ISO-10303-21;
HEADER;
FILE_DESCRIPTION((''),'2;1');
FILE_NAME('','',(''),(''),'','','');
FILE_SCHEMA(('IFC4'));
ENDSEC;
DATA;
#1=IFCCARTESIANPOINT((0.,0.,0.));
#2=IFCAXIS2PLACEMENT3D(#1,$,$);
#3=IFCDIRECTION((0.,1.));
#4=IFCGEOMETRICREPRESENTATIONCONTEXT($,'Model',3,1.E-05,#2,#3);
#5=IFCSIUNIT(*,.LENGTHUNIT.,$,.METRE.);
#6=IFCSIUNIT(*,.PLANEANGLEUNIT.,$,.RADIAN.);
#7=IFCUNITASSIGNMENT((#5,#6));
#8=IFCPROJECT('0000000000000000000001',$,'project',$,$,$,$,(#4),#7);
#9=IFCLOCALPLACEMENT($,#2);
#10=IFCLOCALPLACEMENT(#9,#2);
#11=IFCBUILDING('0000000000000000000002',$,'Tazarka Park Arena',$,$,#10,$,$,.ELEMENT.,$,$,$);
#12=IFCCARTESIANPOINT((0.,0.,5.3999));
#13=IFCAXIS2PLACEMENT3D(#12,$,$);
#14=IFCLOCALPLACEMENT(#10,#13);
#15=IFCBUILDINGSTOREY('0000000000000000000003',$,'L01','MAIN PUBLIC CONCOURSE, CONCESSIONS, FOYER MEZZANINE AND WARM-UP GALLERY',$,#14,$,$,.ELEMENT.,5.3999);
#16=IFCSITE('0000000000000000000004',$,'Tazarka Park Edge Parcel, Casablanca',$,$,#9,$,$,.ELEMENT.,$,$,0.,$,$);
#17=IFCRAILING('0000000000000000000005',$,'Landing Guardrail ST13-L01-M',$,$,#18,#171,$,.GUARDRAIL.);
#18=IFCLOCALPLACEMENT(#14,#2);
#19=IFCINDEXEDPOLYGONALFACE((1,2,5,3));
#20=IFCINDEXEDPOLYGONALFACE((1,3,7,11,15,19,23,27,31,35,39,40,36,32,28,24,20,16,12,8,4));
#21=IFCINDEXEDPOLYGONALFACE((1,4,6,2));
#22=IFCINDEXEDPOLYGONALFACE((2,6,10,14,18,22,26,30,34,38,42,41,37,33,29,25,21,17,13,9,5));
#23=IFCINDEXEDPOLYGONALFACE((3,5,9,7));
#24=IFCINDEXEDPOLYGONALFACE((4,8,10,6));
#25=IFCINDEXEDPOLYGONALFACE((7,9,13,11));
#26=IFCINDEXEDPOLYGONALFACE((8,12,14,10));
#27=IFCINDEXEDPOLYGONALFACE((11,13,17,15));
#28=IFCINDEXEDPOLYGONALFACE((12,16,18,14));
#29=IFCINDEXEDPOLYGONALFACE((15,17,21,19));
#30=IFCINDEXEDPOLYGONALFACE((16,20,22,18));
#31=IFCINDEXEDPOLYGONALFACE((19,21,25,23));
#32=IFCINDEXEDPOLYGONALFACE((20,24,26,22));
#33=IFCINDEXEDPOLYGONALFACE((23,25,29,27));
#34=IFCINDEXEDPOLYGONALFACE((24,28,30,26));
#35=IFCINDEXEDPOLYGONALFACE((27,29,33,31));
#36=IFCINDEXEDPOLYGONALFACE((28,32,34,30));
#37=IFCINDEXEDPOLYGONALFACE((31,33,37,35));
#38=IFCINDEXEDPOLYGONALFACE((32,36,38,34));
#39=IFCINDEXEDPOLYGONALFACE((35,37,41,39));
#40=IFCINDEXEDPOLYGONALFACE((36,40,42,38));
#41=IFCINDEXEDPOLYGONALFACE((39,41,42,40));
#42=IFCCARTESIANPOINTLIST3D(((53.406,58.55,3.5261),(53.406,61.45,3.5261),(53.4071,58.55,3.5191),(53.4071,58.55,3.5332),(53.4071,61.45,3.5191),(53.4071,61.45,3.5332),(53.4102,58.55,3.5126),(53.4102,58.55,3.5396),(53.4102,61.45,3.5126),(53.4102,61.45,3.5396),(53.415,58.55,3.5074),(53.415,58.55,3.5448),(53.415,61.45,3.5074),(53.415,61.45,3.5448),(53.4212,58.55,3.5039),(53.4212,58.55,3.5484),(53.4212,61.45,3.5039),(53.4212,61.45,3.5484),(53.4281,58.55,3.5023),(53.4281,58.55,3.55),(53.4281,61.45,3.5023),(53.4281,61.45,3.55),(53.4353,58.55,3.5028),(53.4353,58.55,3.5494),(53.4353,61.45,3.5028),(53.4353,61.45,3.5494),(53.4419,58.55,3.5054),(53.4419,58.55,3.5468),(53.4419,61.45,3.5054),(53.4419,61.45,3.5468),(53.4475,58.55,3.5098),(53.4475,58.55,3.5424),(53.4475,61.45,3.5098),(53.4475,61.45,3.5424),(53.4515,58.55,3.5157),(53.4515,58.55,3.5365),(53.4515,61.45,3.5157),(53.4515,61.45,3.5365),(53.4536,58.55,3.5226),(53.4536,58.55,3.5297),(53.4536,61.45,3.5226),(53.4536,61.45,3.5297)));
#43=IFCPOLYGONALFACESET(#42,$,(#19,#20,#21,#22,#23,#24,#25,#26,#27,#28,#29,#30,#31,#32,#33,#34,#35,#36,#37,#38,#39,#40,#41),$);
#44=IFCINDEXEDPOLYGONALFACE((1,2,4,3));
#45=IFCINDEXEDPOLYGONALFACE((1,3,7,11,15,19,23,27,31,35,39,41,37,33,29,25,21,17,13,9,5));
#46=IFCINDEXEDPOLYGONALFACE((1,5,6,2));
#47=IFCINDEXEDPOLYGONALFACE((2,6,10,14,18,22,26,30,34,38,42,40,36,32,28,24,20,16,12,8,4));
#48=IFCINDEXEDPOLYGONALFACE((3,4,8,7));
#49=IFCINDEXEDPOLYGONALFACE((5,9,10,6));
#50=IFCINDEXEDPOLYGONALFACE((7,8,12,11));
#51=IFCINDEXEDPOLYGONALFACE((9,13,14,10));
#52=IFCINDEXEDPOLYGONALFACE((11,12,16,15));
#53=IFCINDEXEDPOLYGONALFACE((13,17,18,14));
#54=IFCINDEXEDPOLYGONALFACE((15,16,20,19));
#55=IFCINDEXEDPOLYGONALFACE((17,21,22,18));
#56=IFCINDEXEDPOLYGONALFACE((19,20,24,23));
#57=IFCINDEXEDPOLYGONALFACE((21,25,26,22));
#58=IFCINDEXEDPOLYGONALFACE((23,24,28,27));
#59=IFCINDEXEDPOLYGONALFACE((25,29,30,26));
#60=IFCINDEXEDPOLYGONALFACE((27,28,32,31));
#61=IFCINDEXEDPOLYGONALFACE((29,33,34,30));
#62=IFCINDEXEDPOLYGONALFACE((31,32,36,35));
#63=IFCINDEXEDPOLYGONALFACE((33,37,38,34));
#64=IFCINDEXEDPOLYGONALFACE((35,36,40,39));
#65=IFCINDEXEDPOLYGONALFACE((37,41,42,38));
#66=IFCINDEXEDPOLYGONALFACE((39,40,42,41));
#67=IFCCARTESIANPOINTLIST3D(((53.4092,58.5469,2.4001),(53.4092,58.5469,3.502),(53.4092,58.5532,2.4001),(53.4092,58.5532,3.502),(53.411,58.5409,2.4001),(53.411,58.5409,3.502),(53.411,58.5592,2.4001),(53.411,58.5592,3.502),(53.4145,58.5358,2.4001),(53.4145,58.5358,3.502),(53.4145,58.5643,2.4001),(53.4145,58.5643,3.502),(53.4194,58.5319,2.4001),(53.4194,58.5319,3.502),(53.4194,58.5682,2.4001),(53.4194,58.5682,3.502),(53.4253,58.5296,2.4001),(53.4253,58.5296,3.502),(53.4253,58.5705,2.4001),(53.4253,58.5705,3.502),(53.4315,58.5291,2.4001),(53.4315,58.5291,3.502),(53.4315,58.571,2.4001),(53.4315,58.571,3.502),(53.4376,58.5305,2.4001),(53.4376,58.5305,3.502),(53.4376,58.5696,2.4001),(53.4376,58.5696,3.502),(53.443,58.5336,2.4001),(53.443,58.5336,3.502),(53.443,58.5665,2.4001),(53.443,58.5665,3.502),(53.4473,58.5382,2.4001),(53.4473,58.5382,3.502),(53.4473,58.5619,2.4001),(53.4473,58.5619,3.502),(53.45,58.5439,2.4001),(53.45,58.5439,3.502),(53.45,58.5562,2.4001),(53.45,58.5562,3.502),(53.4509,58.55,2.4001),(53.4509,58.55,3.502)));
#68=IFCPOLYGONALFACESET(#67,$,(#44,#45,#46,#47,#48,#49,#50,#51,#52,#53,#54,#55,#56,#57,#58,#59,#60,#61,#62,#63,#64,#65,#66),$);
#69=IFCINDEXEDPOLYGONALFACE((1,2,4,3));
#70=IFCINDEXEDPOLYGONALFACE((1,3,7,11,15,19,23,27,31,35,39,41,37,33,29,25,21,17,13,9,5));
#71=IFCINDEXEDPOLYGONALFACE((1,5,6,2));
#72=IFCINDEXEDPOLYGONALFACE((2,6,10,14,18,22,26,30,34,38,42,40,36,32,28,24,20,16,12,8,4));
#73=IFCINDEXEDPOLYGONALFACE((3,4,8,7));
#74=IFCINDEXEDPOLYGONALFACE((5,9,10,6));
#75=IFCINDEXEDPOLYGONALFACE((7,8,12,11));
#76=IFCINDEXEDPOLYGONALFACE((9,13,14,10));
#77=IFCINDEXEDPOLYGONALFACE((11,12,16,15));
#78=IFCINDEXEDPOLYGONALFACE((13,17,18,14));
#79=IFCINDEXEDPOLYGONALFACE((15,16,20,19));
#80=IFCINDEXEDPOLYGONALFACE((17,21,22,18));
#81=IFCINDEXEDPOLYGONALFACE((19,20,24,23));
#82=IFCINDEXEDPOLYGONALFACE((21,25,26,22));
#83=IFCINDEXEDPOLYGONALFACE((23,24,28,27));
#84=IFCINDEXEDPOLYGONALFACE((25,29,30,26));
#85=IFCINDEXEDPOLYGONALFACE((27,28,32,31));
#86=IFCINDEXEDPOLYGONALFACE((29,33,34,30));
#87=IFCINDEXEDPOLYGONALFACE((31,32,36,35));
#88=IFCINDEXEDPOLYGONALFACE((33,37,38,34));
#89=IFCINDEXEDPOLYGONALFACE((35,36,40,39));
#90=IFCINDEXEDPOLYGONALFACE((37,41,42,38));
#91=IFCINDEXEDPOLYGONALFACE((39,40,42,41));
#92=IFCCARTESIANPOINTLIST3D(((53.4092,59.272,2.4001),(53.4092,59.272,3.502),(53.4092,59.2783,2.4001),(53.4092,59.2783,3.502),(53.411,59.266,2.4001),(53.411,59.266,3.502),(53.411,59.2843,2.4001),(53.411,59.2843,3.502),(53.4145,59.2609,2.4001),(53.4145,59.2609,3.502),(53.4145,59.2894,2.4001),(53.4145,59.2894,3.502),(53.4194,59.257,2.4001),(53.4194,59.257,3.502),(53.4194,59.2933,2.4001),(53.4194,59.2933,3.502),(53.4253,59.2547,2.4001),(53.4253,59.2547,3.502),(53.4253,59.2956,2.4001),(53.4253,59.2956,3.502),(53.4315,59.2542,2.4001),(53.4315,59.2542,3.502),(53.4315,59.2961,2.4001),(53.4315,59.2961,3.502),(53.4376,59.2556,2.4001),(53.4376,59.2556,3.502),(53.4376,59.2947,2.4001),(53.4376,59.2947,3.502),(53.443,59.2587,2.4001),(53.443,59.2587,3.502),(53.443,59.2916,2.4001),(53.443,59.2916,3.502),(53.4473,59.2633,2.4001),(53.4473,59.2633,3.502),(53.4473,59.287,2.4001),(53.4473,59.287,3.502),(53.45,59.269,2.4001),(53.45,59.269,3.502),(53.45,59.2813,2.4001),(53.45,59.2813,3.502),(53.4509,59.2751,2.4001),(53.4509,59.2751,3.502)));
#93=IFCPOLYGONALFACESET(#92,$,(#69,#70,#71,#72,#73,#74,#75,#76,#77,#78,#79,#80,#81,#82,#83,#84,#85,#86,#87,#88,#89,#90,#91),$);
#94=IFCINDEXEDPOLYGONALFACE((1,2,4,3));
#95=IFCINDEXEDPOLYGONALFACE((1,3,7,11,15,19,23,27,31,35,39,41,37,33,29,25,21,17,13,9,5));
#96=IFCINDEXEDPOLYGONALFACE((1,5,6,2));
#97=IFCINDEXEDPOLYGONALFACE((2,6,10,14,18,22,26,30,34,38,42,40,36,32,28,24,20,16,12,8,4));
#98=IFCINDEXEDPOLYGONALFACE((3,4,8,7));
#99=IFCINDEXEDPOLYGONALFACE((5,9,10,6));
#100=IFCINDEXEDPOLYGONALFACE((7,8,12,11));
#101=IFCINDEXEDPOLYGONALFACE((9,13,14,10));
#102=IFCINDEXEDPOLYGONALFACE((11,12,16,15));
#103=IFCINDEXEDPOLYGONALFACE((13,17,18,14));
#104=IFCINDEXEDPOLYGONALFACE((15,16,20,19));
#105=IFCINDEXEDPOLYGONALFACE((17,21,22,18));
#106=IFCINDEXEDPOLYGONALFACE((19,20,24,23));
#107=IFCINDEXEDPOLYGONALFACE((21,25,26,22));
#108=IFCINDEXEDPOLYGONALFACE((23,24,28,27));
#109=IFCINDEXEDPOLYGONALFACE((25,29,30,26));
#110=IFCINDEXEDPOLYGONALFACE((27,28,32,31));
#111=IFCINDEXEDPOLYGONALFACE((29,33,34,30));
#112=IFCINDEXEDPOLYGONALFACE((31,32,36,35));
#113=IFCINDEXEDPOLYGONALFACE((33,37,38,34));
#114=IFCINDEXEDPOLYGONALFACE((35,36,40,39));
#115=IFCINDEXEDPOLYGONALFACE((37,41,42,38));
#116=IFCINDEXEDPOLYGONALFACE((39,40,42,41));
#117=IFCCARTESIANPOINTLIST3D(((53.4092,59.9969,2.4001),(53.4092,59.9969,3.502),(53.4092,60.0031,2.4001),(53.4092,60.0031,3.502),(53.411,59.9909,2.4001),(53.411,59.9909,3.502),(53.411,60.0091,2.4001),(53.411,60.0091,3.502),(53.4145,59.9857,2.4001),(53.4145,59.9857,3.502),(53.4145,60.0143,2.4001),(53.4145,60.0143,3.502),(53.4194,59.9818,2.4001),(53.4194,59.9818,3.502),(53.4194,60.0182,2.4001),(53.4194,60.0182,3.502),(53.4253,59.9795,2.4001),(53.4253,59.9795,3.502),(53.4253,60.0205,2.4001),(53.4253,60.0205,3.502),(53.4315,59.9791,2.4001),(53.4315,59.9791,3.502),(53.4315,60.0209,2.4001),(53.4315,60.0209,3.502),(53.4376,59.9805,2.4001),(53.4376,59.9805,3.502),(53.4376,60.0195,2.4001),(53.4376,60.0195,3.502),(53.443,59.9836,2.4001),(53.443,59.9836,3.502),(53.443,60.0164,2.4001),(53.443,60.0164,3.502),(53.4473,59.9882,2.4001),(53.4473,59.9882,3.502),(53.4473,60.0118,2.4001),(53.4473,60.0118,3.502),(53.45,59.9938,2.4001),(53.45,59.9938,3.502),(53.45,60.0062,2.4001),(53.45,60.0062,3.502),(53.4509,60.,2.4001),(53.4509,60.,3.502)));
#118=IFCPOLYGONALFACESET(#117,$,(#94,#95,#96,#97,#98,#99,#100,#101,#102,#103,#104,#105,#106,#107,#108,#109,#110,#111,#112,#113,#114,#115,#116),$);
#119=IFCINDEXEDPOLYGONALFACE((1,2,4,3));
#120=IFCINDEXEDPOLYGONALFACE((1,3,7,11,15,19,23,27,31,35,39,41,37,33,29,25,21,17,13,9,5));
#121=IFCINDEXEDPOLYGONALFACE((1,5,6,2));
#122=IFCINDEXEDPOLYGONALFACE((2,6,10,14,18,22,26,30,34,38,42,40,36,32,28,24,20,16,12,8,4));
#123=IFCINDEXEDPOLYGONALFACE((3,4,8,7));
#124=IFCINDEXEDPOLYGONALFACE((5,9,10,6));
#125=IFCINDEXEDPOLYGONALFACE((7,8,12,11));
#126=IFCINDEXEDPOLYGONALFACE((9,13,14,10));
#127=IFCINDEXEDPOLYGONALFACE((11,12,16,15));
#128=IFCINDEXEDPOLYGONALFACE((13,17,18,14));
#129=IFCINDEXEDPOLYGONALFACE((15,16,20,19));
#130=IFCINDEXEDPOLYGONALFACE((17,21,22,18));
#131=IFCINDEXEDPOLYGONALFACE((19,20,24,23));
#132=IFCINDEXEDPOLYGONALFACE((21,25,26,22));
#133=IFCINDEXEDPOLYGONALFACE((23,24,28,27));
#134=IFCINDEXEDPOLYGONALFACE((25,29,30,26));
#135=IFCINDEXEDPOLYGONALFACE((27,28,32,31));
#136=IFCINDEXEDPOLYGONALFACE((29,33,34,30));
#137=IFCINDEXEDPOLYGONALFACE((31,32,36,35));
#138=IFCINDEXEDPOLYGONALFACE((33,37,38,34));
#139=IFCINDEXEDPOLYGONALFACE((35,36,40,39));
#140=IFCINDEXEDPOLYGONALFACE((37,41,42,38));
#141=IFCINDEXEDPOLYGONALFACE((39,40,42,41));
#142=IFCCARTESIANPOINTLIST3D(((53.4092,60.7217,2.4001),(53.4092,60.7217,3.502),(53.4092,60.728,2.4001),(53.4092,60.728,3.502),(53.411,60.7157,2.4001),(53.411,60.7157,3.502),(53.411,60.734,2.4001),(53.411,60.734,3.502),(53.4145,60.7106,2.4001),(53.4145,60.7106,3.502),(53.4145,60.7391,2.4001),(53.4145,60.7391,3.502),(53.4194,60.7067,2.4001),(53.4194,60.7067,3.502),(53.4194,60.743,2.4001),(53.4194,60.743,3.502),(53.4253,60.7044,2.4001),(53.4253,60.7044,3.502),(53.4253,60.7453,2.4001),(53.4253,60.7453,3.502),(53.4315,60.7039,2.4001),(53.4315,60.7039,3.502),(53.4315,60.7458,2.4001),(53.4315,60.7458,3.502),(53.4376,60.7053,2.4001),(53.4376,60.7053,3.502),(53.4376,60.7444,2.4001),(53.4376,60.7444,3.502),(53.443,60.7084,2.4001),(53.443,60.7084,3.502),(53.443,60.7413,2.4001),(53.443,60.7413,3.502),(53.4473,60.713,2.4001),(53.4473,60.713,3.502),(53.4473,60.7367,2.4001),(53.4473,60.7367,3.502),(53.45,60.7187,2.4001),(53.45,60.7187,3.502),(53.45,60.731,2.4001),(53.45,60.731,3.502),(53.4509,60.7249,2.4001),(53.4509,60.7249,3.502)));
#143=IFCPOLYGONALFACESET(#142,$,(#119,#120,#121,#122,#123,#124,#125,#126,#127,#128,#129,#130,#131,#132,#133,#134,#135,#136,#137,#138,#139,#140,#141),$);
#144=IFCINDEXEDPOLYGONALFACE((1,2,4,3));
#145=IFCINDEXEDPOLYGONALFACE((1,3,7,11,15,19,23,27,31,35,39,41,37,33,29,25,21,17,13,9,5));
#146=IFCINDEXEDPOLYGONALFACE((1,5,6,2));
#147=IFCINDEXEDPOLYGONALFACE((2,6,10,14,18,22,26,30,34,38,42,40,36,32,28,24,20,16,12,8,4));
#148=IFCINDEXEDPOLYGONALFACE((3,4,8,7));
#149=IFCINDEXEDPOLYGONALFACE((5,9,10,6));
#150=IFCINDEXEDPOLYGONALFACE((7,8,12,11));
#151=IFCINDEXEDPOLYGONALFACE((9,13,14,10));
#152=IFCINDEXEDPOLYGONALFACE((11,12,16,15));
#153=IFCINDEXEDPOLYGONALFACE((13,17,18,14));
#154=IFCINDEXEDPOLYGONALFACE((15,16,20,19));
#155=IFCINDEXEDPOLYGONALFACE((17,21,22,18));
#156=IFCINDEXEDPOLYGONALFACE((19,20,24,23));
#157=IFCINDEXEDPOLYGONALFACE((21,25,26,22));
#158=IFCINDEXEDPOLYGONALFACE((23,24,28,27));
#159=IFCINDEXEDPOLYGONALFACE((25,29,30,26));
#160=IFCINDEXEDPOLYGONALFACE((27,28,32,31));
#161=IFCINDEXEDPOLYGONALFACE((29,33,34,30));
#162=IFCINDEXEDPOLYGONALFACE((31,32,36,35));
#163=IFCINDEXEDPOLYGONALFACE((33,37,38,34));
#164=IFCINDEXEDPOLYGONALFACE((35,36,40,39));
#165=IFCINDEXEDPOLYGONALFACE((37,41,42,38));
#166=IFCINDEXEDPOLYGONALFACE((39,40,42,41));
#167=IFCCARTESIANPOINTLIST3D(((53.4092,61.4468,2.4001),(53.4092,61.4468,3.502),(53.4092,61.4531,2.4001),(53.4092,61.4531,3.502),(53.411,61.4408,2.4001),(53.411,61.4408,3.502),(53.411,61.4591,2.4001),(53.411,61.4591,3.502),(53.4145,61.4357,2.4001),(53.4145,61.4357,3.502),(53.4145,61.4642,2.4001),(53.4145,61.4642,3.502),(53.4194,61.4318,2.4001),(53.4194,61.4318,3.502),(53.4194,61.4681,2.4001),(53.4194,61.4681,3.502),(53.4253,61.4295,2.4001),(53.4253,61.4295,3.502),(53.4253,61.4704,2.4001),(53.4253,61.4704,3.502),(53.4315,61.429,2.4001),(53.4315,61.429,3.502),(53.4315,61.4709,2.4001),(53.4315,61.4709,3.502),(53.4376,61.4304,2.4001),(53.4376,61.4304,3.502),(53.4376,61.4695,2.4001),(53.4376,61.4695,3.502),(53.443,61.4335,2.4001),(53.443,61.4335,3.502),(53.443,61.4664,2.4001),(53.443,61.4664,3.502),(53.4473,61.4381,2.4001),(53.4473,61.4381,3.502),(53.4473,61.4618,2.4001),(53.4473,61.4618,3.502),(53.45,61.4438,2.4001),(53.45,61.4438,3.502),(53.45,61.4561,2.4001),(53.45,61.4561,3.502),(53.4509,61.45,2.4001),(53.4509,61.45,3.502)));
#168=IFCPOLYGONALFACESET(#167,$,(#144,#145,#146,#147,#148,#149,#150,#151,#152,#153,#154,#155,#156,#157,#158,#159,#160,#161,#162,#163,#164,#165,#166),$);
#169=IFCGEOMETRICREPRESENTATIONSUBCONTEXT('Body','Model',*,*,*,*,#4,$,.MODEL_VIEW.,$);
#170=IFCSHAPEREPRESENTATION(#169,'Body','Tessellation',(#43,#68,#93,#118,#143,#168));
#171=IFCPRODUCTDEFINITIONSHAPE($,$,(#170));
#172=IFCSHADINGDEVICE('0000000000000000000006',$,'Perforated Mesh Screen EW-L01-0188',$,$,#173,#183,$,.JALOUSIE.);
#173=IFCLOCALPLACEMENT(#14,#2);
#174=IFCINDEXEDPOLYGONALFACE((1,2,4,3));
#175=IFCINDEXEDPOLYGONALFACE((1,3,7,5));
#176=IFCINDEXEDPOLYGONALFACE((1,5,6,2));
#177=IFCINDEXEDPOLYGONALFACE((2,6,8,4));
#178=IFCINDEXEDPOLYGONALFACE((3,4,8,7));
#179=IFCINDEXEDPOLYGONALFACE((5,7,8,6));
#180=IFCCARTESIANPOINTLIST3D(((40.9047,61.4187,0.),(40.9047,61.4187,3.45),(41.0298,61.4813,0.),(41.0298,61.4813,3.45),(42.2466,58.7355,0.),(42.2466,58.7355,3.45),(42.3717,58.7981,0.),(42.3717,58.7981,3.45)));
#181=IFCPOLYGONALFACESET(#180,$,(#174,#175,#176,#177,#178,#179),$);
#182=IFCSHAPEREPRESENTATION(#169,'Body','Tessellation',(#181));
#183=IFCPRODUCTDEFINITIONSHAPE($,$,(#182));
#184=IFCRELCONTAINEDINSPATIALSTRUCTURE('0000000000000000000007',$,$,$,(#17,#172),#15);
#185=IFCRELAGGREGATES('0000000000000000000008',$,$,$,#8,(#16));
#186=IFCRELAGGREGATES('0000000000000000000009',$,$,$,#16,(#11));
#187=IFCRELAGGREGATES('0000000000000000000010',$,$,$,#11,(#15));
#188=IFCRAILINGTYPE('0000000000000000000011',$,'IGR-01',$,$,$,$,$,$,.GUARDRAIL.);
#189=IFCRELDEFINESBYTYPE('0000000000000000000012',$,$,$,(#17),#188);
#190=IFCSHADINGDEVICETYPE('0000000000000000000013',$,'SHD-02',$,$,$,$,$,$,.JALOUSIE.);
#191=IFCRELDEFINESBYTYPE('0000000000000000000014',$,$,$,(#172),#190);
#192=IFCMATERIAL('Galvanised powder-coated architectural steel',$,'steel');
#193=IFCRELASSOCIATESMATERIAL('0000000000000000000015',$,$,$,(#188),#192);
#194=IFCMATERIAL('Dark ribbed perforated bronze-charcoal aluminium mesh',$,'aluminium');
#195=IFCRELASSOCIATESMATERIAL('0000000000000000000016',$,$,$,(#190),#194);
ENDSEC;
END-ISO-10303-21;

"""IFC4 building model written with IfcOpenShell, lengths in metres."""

from ifc_helpers import new_model, si_unit, direction, frame, origin, origin_2d, place, context, subcontext, project, spatial, rectangle, circle, extrude, material, type_object, element, save


model = new_model("IFC4")

# Units and contexts
model_context = context("Model", 3, precision=1e-05, world=origin(), true_north=direction((0.0, 1.0)))
body_context = subcontext(model_context, "Body", "Model", "MODEL_VIEW")
ifc_project = project(units=[si_unit("LENGTHUNIT", "METRE"), si_unit("PLANEANGLEUNIT", "RADIAN")], contexts=[model_context])

# Site, building, storey
site_placement = place(None, origin())
site = spatial("IfcSite", under=ifc_project, at=site_placement, Name="Tazarka Park Edge Parcel, Casablanca", CompositionType="ELEMENT", RefElevation=0.0)
building_placement = place(site_placement, origin())
building = spatial("IfcBuilding", under=site, at=building_placement, Name="Tazarka Park Arena", CompositionType="ELEMENT")
storey_placement = place(building_placement, frame((0.0, 0.0, 5.3999)))
storey = spatial("IfcBuildingStorey", under=building, at=storey_placement, Name="L01", Description="MAIN PUBLIC CONCOURSE, CONCESSIONS, FOYER MEZZANINE AND WARM-UP GALLERY", CompositionType="ELEMENT", Elevation=5.3999)

# Railing
ifc_material_1 = material(Name="Galvanised powder-coated architectural steel", Category="steel")
railing_type_1 = type_object("IfcRailingType", Name="IGR-01", PredefinedType="GUARDRAIL", material=ifc_material_1)
for number, where, name in (
    (1, (53.4299, 58.55, 2.4001), "Landing Guardrail ST13-L01-M"),
):
    element("IfcRailing", number, at=place(storey_placement, frame(where)), inside=storey, type_object=railing_type_1, Name=name, PredefinedType="GUARDRAIL", context=body_context, shape_type="SweptSolid", body=[
        extrude(circle(Radius=0.0239, at=origin_2d()), frame((0.0, 0.0, 1.126), z_axis=(0.0, 1.0, 0.0), x_axis=(-1.0, 0.0, 0.0)), (0.0, 0.0, 1.0), 2.8999),
        extrude(circle(Radius=0.021, at=origin_2d()), origin(), (0.0, 0.0, 1.0), 1.1018),
        extrude(circle(Radius=0.021, at=origin_2d()), frame((0.0, 0.7251, 0.0)), (0.0, 0.0, 1.0), 1.1018),
        extrude(circle(Radius=0.021, at=origin_2d()), frame((0.0, 1.45, 0.0)), (0.0, 0.0, 1.0), 1.1018),
        extrude(circle(Radius=0.021, at=origin_2d()), frame((0.0, 2.1748, 0.0)), (0.0, 0.0, 1.0), 1.1018),
        extrude(circle(Radius=0.021, at=origin_2d()), frame((0.0, 2.8999, 0.0)), (0.0, 0.0, 1.0), 1.1018),
    ])

# Shading device
ifc_material_2 = material(Name="Dark ribbed perforated bronze-charcoal aluminium mesh", Category="aluminium")
shading_device_type = type_object("IfcShadingDeviceType", Name="SHD-02", PredefinedType="JALOUSIE", material=ifc_material_2)
shading_device_placement = place(storey_placement, frame((41.6382, 60.1084, 0.0), z_axis=(0.0, 0.0, 1.0), x_axis=(-0.447291, 0.894389, 0.0)))
element("IfcShadingDevice", 2, at=shading_device_placement, inside=storey, type_object=shading_device_type, Name="Perforated Mesh Screen EW-L01-0188", PredefinedType="JALOUSIE", context=body_context, shape_type="SweptSolid", body=[
    extrude(rectangle(XDim=3.0, YDim=0.1399, at=origin_2d()), origin(), (0.0, 0.0, 1.0), 3.45),
])

save(model, "model.ifc")
